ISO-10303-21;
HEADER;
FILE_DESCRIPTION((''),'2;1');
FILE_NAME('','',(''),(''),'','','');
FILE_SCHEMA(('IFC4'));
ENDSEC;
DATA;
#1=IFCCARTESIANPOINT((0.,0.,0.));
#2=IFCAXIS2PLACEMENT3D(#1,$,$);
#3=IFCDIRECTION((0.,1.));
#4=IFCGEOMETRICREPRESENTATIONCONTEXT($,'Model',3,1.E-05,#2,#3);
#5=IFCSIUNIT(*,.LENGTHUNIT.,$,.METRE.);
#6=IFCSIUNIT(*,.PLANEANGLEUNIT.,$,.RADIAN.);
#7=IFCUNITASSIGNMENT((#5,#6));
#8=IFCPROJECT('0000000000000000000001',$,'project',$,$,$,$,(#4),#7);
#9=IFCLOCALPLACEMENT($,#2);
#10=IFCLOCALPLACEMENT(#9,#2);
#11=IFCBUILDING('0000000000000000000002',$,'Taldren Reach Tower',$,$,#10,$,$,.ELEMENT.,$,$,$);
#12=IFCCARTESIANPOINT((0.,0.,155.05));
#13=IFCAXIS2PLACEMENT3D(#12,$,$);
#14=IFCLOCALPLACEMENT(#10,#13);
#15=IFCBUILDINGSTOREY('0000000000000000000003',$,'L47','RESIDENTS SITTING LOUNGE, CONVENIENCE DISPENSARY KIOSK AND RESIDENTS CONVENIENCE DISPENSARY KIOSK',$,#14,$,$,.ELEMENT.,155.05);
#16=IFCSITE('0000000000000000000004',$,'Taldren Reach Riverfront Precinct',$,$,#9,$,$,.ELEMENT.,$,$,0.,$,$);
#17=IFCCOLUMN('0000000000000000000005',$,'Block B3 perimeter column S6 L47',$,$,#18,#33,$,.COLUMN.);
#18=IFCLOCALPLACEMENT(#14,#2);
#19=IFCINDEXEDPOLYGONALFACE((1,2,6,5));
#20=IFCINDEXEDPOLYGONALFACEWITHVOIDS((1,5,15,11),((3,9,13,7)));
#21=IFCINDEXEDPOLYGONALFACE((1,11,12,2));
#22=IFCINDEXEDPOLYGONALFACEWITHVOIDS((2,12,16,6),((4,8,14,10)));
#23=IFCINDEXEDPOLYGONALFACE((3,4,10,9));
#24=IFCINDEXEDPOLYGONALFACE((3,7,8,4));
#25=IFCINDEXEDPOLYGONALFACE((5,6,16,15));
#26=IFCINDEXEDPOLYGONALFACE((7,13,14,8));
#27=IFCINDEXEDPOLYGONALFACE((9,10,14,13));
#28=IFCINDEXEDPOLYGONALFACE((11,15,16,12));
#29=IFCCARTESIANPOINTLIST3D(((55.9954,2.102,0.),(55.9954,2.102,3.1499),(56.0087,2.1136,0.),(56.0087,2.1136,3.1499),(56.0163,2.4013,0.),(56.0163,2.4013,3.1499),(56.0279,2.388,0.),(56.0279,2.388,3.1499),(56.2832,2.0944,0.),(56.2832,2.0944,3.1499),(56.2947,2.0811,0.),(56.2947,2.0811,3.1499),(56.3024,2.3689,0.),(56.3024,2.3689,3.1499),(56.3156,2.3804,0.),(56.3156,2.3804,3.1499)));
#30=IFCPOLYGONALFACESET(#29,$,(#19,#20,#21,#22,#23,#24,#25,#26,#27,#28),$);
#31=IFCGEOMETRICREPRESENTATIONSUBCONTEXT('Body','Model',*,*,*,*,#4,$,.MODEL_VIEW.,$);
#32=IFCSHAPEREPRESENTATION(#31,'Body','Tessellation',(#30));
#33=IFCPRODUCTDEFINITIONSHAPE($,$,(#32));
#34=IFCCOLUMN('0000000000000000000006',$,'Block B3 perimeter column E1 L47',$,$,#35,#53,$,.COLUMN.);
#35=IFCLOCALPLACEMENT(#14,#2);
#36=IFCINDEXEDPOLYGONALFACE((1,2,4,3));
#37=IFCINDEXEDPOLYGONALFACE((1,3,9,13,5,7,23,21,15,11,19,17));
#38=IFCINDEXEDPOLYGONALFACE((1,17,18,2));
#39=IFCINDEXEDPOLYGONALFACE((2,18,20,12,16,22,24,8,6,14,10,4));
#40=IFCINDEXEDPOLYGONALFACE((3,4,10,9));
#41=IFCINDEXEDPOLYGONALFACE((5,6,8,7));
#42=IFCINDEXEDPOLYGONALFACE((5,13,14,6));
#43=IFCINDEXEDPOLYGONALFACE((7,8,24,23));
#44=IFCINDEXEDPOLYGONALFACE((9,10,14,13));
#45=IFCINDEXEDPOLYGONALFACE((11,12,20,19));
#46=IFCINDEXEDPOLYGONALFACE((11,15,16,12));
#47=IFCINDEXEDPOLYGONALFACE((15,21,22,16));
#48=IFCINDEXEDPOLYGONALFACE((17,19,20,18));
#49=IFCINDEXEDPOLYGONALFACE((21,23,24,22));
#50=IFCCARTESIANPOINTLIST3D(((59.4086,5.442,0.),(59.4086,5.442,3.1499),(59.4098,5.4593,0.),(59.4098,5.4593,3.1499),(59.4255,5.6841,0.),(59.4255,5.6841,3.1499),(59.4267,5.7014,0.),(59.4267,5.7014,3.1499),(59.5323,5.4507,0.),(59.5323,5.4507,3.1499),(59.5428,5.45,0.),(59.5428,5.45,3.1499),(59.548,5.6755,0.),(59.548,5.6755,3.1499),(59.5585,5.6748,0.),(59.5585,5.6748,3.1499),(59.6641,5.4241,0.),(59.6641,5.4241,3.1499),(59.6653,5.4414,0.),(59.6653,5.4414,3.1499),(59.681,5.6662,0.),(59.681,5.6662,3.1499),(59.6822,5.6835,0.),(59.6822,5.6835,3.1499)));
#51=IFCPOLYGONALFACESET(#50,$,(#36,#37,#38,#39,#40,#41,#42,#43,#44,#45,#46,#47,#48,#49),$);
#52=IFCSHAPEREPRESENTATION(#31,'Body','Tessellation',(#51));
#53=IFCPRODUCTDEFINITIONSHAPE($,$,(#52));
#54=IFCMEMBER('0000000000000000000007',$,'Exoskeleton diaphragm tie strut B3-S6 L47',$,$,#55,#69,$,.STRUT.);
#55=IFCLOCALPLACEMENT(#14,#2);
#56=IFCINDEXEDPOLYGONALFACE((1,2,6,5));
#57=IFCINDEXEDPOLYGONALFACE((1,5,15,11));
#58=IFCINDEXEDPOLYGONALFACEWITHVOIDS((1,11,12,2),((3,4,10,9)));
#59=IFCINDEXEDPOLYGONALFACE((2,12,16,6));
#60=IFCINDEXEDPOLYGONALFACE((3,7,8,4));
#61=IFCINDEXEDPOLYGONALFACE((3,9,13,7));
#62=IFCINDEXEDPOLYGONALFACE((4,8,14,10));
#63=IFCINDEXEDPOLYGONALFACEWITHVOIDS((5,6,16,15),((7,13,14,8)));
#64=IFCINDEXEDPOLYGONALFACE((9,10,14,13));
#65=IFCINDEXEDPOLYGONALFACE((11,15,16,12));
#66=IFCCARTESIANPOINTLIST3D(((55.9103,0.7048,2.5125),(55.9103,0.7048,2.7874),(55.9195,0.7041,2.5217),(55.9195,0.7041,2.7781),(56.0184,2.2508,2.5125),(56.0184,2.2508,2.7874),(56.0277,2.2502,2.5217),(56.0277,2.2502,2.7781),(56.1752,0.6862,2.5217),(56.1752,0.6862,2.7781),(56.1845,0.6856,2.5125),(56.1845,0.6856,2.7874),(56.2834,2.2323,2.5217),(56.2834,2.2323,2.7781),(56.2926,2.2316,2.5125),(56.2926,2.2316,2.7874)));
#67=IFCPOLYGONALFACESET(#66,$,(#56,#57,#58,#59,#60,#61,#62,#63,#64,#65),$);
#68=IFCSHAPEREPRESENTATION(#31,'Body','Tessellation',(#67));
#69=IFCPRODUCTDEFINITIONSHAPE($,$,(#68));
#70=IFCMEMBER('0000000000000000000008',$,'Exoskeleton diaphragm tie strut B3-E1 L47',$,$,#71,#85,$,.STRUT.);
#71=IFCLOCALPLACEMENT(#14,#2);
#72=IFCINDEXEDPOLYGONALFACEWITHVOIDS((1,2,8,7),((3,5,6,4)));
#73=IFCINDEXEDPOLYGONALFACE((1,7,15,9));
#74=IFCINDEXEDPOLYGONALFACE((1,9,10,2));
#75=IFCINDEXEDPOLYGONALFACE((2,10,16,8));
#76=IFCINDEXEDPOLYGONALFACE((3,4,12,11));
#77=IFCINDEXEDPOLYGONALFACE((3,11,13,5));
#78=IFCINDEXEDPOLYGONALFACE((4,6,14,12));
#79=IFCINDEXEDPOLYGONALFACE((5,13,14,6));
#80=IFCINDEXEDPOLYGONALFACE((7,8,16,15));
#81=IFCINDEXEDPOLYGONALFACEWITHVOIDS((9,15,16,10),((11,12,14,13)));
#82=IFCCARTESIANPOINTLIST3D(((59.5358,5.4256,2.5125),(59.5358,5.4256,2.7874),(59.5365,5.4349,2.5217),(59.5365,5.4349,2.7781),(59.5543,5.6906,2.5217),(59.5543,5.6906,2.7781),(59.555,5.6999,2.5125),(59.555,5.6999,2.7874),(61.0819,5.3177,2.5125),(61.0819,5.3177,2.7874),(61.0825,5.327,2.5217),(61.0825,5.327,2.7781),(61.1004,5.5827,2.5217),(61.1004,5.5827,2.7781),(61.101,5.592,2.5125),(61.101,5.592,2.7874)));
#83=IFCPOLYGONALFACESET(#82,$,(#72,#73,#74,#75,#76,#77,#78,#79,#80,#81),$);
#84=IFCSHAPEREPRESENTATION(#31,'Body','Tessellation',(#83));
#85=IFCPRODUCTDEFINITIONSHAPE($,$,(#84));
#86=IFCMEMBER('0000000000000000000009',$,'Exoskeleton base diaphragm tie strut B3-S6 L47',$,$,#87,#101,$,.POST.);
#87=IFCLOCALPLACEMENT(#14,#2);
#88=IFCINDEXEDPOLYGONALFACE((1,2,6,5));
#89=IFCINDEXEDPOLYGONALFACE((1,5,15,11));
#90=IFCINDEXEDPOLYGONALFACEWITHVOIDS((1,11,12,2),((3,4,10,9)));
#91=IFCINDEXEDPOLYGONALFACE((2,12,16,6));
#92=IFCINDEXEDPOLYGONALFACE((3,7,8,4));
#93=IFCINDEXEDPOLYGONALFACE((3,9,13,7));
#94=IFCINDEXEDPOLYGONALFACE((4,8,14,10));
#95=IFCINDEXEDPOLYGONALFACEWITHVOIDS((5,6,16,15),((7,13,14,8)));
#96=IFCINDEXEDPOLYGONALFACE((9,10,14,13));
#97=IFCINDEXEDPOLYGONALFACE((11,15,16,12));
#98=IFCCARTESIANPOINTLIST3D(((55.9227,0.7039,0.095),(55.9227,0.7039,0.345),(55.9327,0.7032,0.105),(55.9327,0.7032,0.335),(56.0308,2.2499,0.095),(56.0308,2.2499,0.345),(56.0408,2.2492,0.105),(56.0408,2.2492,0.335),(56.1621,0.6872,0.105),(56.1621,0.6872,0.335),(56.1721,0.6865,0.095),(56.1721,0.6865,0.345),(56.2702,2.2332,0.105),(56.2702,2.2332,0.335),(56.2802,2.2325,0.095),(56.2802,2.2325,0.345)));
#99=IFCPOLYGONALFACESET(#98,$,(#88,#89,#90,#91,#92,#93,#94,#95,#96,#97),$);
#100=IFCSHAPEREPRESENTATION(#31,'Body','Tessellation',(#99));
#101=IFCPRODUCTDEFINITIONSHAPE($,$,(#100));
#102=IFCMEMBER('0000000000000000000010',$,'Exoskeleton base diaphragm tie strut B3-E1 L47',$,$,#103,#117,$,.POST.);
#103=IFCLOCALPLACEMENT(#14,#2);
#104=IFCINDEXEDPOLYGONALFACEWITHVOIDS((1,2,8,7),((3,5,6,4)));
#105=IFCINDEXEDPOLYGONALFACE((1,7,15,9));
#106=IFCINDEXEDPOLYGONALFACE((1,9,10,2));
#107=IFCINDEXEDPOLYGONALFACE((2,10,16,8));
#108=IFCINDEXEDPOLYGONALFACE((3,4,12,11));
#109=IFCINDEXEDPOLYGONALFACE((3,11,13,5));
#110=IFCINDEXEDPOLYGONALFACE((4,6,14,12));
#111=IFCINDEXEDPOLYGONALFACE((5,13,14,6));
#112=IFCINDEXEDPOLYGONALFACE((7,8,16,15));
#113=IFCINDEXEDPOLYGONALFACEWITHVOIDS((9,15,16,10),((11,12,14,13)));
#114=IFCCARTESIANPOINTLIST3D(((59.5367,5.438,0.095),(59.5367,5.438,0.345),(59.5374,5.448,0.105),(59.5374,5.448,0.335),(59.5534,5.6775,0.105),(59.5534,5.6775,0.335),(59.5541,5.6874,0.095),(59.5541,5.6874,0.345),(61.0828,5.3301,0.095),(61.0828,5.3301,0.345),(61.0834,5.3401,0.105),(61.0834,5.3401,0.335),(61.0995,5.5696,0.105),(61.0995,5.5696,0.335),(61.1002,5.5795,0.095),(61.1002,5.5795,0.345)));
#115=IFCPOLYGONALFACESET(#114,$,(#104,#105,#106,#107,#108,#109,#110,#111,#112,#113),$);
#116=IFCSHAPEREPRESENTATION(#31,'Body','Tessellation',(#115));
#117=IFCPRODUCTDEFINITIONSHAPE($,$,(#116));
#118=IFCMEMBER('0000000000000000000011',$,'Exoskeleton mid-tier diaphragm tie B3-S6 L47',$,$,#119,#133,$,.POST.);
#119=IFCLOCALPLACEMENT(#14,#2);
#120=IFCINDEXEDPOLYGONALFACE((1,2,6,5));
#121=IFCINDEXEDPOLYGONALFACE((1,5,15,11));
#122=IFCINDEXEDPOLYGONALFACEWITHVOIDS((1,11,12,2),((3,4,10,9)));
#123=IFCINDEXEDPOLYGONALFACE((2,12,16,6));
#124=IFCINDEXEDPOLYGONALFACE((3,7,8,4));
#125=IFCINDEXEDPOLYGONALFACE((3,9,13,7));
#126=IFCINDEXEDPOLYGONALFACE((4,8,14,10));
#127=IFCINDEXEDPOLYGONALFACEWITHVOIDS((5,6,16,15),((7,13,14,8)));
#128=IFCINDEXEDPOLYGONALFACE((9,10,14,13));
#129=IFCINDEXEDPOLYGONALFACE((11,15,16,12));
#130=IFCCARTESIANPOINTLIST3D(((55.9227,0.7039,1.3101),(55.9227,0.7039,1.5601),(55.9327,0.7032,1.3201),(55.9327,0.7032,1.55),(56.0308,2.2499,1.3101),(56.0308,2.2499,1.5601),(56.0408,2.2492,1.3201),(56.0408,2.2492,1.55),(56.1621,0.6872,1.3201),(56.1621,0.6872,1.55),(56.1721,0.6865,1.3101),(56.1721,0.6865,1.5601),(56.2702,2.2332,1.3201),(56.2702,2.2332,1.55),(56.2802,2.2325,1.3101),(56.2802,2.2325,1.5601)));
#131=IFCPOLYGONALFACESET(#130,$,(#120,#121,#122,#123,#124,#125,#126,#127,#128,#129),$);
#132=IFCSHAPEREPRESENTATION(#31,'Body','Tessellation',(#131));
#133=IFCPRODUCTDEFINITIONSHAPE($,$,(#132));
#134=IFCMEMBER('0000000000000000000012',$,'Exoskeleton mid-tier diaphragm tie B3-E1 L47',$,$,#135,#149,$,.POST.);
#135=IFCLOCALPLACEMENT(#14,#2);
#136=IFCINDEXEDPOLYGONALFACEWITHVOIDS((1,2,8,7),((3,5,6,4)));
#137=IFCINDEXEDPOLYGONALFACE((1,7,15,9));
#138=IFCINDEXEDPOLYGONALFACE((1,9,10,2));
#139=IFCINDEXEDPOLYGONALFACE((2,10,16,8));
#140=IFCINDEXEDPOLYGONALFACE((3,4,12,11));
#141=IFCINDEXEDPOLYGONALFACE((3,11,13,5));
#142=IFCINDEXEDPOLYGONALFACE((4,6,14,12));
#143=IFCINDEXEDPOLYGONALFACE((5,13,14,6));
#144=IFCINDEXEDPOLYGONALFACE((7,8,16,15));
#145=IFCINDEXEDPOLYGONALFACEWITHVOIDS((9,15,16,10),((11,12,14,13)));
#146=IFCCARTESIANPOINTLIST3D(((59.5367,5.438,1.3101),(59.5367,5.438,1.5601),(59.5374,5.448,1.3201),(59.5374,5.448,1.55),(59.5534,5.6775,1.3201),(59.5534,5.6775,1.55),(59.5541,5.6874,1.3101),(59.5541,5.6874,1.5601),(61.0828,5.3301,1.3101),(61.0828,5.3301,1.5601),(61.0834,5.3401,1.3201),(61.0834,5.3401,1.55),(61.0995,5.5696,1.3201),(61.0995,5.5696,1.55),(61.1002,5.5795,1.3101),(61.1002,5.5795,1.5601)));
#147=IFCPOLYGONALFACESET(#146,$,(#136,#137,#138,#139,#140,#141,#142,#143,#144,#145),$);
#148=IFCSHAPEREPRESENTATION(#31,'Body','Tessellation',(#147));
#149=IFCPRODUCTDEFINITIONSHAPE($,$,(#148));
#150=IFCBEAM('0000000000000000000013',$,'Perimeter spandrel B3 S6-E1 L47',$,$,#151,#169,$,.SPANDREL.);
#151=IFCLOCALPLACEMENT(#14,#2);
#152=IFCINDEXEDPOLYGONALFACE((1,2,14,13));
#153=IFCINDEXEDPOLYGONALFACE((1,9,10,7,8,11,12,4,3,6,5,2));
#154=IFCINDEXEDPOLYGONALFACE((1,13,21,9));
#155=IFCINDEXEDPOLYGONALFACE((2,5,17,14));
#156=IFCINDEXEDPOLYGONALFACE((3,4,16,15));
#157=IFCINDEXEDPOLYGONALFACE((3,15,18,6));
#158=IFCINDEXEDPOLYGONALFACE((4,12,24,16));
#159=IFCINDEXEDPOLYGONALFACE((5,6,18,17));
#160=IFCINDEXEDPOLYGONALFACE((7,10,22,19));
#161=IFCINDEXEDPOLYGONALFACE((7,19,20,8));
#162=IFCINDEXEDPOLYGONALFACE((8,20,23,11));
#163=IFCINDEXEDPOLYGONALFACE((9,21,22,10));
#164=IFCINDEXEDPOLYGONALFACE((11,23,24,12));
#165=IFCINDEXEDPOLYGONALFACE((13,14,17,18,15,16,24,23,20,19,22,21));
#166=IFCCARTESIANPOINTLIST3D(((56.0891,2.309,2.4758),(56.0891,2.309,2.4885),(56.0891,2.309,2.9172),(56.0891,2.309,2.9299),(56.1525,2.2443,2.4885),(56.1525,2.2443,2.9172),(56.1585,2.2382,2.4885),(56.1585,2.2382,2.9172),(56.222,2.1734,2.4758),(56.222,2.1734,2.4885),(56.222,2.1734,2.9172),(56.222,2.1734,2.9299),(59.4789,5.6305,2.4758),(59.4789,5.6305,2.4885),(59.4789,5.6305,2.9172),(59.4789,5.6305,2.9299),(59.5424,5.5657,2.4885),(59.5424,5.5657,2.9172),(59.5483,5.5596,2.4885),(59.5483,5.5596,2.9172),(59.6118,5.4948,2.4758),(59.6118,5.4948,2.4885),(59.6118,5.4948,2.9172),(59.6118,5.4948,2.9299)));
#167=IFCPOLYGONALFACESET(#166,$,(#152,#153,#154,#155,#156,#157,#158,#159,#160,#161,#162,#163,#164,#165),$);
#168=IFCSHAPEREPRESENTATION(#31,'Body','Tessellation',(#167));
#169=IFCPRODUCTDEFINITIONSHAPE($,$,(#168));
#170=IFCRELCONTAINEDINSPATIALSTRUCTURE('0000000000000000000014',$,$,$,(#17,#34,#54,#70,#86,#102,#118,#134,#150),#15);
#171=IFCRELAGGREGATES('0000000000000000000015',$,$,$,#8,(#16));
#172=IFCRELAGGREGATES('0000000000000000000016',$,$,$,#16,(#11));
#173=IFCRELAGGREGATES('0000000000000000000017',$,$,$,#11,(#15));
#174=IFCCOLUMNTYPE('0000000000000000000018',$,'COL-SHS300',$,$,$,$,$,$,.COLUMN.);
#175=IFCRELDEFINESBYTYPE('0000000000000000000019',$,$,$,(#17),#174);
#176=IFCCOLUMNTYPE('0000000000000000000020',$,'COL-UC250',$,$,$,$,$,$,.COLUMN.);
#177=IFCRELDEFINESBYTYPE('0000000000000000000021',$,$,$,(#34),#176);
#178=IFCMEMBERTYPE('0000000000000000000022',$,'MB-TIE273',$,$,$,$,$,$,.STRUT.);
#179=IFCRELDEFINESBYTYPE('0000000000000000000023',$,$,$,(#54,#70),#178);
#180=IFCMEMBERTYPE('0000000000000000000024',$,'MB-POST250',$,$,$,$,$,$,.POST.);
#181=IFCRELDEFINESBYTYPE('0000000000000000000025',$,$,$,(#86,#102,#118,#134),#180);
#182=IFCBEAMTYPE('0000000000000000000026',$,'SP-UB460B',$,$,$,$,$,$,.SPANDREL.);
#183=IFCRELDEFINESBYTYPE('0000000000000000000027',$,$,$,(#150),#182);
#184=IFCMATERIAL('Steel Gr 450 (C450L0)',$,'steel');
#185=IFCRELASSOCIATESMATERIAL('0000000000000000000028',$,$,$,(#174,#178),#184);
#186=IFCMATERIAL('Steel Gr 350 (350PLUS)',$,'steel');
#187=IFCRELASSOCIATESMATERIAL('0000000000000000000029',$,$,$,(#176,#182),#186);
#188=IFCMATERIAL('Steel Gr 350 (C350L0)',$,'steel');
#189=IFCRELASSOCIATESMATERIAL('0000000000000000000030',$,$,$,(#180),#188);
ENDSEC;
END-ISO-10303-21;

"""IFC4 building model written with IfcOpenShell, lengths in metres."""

from ifc_helpers import new_model, si_unit, direction, frame, origin, origin_2d, place, context, subcontext, project, spatial, hollow_rectangle, i_section, extrude, source, transform, mapped, material, material_profile, profile_set, type_object, element, save


model = new_model("IFC4")

# Units and contexts
model_context = context("Model", 3, precision=1e-05, world=origin(), true_north=direction((0.0, 1.0)))
body_context = subcontext(model_context, "Body", "Model", "MODEL_VIEW")
ifc_project = project(units=[si_unit("LENGTHUNIT", "METRE"), si_unit("PLANEANGLEUNIT", "RADIAN")], contexts=[model_context])

# Site, building, storey
site_placement = place(None, origin())
site = spatial("IfcSite", under=ifc_project, at=site_placement, Name="Taldren Reach Riverfront Precinct", CompositionType="ELEMENT", RefElevation=0.0)
building_placement = place(site_placement, origin())
building = spatial("IfcBuilding", under=site, at=building_placement, Name="Taldren Reach Tower", CompositionType="ELEMENT")
storey_placement = place(building_placement, frame((0.0, 0.0, 155.05)))
storey = spatial("IfcBuildingStorey", under=building, at=storey_placement, Name="L47", Description="RESIDENTS SITTING LOUNGE, CONVENIENCE DISPENSARY KIOSK AND RESIDENTS CONVENIENCE DISPENSARY KIOSK", CompositionType="ELEMENT", Elevation=155.05)

# Columns
ifc_material_1 = material(Name="Steel Gr 450 (C450L0)", Category="steel")
ifc_material_profile_1 = material_profile(ifc_material_1, hollow_rectangle(XDim=0.3, YDim=0.3, WallThickness=0.0125, at=origin_2d()), Name="300x300x12.5SHS")
ifc_profile_set_1 = profile_set([ifc_material_profile_1], Name="Steel Gr 450 (C450L0)")
column_type_1 = type_object("IfcColumnType", Name="COL-SHS300", PredefinedType="COLUMN", material=ifc_profile_set_1)
shared_shape_1 = source(origin(), body_context, "Body", "SweptSolid", [
    extrude(hollow_rectangle(XDim=0.3, YDim=0.3, WallThickness=0.0125, at=origin_2d()), origin(), (0.0, 0.0, 1.0), 3.1499),
])
column_1_placement = place(storey_placement, frame((56.1555, 2.2412, 0.0), z_axis=(0.0, 0.0, 1.0), x_axis=(0.997564, -0.069756, 0.0)))
element("IfcColumn", 1, at=column_1_placement, inside=storey, type_object=column_type_1, Name="Block B3 perimeter column S6 L47", PredefinedType="COLUMN", context=body_context, shape_type="MappedRepresentation", body=[
    mapped(shared_shape_1, transform((0.0, 0.0, 0.0), scale=1.0)),
])
ifc_material_2 = material(Name="Steel Gr 350 (350PLUS)", Category="steel")
ifc_material_profile_2 = material_profile(ifc_material_2, i_section(OverallWidth=0.2561, OverallDepth=0.26, WebThickness=0.0105, FlangeThickness=0.0173, at=origin_2d()), Name="250UC89.5")
ifc_profile_set_2 = profile_set([ifc_material_profile_2], Name="Steel Gr 350 (350PLUS)")
column_type_2 = type_object("IfcColumnType", Name="COL-UC250", PredefinedType="COLUMN", material=ifc_profile_set_2)
shared_shape_2 = source(origin(), body_context, "Body", "SweptSolid", [
    extrude(i_section(OverallWidth=0.2561, OverallDepth=0.26, WebThickness=0.0105, FlangeThickness=0.0173, at=origin_2d()), origin(), (0.0, 0.0, 1.0), 3.1499),
])
column_2_placement = place(storey_placement, frame((59.5454, 5.5627, 0.0), z_axis=(0.0, 0.0, 1.0), x_axis=(0.997564, -0.069756, 0.0)))
element("IfcColumn", 2, at=column_2_placement, inside=storey, type_object=column_type_2, Name="Block B3 perimeter column E1 L47", PredefinedType="COLUMN", context=body_context, shape_type="MappedRepresentation", body=[
    mapped(shared_shape_2, transform((0.0, 0.0, 0.0), scale=1.0)),
])

# Members
ifc_material_profile_3 = material_profile(ifc_material_1, hollow_rectangle(XDim=0.2749, YDim=0.2749, WallThickness=0.0093, at=origin_2d()), Name="275x275x9.3SHS")
ifc_profile_set_3 = profile_set([ifc_material_profile_3], Name="Steel Gr 450 (C450L0)")
member_type_1 = type_object("IfcMemberType", Name="MB-TIE273", PredefinedType="STRUT", material=ifc_profile_set_3)
shared_shape_3 = source(origin(), body_context, "Body", "SweptSolid", [
    extrude(hollow_rectangle(XDim=0.2749, YDim=0.2749, WallThickness=0.0093, at=origin_2d()), origin(), (0.0, 0.0, 1.0), 1.5498),
])
for number, where, z_axis, x_axis, name in (
    (3, (56.1555, 2.2412, 2.6499), (-0.069781, -0.997562, 0.0), (0.997562, -0.069781, 0.0), "Exoskeleton diaphragm tie strut B3-S6 L47"),
    (4, (59.5454, 5.5627, 2.6499), (0.997573, -0.069624, 0.0), (0.069624, 0.997573, 0.0), "Exoskeleton diaphragm tie strut B3-E1 L47"),
):
    element("IfcMember", number, at=place(storey_placement, frame(where, z_axis=z_axis, x_axis=x_axis)), inside=storey, type_object=member_type_1, Name=name, PredefinedType="STRUT", context=body_context, shape_type="MappedRepresentation", body=[
        mapped(shared_shape_3, transform((0.0, 0.0, 0.0), scale=1.0)),
    ])
ifc_material_3 = material(Name="Steel Gr 350 (C350L0)", Category="steel")
ifc_material_profile_4 = material_profile(ifc_material_3, hollow_rectangle(XDim=0.25, YDim=0.25, WallThickness=0.01, at=origin_2d()), Name="250x250x10.0SHS")
ifc_profile_set_4 = profile_set([ifc_material_profile_4], Name="Steel Gr 350 (C350L0)")
member_type_2 = type_object("IfcMemberType", Name="MB-POST250", PredefinedType="POST", material=ifc_profile_set_4)
shared_shape_4 = source(origin(), body_context, "Body", "SweptSolid", [
    extrude(hollow_rectangle(XDim=0.25, YDim=0.25, WallThickness=0.01, at=origin_2d()), origin(), (0.0, 0.0, 1.0), 1.5498),
])
for number, where, z_axis, x_axis, name in (
    (5, (56.1555, 2.2412, 0.22), (-0.069781, -0.997562, 0.0), (0.997562, -0.069781, 0.0), "Exoskeleton base diaphragm tie strut B3-S6 L47"),
    (6, (59.5454, 5.5627, 0.22), (0.997573, -0.069624, 0.0), (0.069624, 0.997573, 0.0), "Exoskeleton base diaphragm tie strut B3-E1 L47"),
    (7, (56.1555, 2.2412, 1.4351), (-0.069781, -0.997562, 0.0), (0.997562, -0.069781, 0.0), "Exoskeleton mid-tier diaphragm tie B3-S6 L47"),
    (8, (59.5454, 5.5627, 1.4351), (0.997573, -0.069624, 0.0), (0.069624, 0.997573, 0.0), "Exoskeleton mid-tier diaphragm tie B3-E1 L47"),
):
    element("IfcMember", number, at=place(storey_placement, frame(where, z_axis=z_axis, x_axis=x_axis)), inside=storey, type_object=member_type_2, Name=name, PredefinedType="POST", context=body_context, shape_type="MappedRepresentation", body=[
        mapped(shared_shape_4, transform((0.0, 0.0, 0.0), scale=1.0)),
    ])

# Beam
ifc_material_profile_5 = material_profile(ifc_material_2, i_section(OverallWidth=0.1899, OverallDepth=0.4541, WebThickness=0.0085, FlangeThickness=0.0127, at=origin_2d()), Name="460UB67.1")
ifc_profile_set_5 = profile_set([ifc_material_profile_5], Name="Steel Gr 350 (350PLUS)")
beam_type_1 = type_object("IfcBeamType", Name="SP-UB460B", PredefinedType="SPANDREL", material=ifc_profile_set_5)
shared_shape_5 = source(origin(), body_context, "Body", "SweptSolid", [
    extrude(i_section(OverallWidth=0.1899, OverallDepth=0.4541, WebThickness=0.0085, FlangeThickness=0.0127, at=origin_2d()), origin(), (0.0, 0.0, 1.0), 4.7458),
])
beam_1_placement = place(storey_placement, frame((56.1555, 2.2412, 2.7029), z_axis=(0.714272, 0.699868, 0.0), x_axis=(-0.699868, 0.714272, 0.0)))
element("IfcBeam", 9, at=beam_1_placement, inside=storey, type_object=beam_type_1, Name="Perimeter spandrel B3 S6-E1 L47", PredefinedType="SPANDREL", context=body_context, shape_type="MappedRepresentation", body=[
    mapped(shared_shape_5, transform((0.0, 0.0, 0.0), scale=1.0)),
])

save(model, "model.ifc")
